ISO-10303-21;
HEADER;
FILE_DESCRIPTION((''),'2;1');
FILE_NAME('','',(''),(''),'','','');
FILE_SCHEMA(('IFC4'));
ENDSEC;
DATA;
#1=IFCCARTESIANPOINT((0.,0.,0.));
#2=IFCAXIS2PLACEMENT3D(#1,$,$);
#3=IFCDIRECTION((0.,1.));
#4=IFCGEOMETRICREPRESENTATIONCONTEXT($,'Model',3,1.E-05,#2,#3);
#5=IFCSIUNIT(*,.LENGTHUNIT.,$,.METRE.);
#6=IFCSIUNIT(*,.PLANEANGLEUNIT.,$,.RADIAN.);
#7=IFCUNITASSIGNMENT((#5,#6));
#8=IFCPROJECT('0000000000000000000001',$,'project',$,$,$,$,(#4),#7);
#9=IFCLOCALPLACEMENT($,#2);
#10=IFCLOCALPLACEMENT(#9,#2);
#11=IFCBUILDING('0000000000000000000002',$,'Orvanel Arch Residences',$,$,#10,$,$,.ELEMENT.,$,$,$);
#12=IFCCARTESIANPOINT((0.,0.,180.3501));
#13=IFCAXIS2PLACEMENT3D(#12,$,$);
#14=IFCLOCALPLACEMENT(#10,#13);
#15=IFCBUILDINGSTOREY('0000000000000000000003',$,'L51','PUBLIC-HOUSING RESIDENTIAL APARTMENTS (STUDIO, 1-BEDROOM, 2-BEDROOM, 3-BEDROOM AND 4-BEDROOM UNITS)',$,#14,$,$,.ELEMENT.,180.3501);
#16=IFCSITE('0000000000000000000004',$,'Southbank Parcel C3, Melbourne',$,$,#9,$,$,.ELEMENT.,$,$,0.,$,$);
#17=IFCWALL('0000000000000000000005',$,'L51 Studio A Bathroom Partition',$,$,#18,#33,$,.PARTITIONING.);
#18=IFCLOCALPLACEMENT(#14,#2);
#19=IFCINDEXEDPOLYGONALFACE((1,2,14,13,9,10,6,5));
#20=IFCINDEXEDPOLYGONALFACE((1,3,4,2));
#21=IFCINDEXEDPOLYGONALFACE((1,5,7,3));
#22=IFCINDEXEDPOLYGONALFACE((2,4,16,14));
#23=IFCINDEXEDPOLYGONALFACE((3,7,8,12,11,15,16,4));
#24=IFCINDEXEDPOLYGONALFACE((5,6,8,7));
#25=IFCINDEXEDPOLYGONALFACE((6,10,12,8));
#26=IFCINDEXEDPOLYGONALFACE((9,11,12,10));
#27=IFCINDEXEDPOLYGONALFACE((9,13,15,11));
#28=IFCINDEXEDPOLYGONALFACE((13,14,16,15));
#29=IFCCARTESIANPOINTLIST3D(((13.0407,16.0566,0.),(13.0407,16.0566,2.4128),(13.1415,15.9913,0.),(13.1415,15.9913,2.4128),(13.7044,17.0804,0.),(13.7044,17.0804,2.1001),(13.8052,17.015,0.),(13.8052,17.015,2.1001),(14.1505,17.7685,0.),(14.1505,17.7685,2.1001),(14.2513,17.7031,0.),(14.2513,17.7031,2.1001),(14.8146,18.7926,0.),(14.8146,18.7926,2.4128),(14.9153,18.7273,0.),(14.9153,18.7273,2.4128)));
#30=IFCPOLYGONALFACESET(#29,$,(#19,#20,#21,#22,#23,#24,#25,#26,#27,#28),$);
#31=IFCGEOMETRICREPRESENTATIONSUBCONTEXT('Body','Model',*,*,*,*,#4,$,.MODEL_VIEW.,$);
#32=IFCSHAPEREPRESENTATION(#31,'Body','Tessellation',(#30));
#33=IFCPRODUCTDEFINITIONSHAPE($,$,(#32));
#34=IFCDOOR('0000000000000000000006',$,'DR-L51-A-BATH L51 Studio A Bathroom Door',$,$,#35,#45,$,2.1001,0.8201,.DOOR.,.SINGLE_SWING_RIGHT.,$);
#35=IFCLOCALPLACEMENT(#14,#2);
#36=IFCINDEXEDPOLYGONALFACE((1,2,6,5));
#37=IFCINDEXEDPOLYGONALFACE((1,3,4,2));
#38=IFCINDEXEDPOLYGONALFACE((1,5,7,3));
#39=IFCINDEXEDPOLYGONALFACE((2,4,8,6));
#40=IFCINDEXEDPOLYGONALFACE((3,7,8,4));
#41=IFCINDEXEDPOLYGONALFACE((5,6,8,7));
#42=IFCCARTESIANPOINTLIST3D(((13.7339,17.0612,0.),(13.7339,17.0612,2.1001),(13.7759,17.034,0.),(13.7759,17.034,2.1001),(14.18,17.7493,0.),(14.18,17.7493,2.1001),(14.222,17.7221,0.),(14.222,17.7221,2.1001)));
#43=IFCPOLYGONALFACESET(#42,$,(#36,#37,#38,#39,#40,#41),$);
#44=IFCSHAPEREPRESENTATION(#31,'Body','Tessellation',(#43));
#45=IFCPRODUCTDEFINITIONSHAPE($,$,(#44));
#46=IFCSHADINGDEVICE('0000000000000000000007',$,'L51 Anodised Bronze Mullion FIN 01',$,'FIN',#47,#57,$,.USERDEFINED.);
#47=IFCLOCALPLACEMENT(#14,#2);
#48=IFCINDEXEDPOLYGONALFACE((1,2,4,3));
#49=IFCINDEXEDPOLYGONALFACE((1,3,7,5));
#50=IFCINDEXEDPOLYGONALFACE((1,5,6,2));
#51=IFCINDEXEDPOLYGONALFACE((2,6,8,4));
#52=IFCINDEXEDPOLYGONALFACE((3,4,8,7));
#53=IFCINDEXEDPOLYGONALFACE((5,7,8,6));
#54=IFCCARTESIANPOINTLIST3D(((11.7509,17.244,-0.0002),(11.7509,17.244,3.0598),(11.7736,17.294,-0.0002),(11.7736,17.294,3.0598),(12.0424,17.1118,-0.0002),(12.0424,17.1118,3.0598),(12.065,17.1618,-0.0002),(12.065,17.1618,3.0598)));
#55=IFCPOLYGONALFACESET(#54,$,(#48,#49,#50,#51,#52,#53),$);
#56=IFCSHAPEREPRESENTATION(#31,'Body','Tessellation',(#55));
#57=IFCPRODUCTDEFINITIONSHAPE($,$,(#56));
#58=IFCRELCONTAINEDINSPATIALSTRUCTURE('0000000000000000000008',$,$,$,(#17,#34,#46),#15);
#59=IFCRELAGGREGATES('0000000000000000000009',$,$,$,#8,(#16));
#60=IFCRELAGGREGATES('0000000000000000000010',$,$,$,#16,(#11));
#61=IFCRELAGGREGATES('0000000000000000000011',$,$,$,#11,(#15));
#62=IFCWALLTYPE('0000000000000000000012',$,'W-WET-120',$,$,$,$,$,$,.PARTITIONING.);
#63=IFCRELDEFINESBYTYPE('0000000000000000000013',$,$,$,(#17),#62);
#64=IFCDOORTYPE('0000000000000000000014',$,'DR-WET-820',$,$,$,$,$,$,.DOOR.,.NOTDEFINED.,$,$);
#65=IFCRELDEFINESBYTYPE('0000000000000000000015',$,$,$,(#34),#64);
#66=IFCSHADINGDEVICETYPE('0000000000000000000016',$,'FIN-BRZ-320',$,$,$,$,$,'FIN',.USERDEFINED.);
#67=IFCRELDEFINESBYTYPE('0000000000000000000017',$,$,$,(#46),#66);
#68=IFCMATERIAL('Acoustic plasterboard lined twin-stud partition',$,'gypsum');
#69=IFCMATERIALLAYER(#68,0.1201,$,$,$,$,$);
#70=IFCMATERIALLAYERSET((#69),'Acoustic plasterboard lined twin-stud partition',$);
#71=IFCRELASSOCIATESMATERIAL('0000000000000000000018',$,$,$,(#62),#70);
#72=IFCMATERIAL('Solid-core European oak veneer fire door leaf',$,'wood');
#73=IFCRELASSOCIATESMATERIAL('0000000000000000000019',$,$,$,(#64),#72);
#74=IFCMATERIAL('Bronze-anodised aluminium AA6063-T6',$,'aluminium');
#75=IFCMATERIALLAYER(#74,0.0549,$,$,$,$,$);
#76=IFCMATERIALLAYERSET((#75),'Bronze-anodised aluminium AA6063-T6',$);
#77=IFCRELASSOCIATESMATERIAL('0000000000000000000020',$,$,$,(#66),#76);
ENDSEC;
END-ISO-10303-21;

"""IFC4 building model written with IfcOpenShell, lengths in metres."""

from ifc_helpers import new_model, si_unit, direction, frame, frame_2d, origin, origin_2d, place, context, subcontext, project, spatial, rectangle, extrude, material, layer, layer_set, type_object, element, fill, save


model = new_model("IFC4")

# Units and contexts
model_context = context("Model", 3, precision=1e-05, world=origin(), true_north=direction((0.0, 1.0)))
body_context = subcontext(model_context, "Body", "Model", "MODEL_VIEW")
ifc_project = project(units=[si_unit("LENGTHUNIT", "METRE"), si_unit("PLANEANGLEUNIT", "RADIAN")], contexts=[model_context])

# Site, building, storey
site_placement = place(None, origin())
site = spatial("IfcSite", under=ifc_project, at=site_placement, Name="Southbank Parcel C3, Melbourne", CompositionType="ELEMENT", RefElevation=0.0)
building_placement = place(site_placement, origin())
building = spatial("IfcBuilding", under=site, at=building_placement, Name="Orvanel Arch Residences", CompositionType="ELEMENT")
storey_placement = place(building_placement, frame((0.0, 0.0, 180.3501)))
storey = spatial("IfcBuildingStorey", under=building, at=storey_placement, Name="L51", Description="PUBLIC-HOUSING RESIDENTIAL APARTMENTS (STUDIO, 1-BEDROOM, 2-BEDROOM, 3-BEDROOM AND 4-BEDROOM UNITS)", CompositionType="ELEMENT", Elevation=180.3501)

# Shared definitions
ifc_material_1 = material(Name="Bronze-anodised aluminium AA6063-T6", Category="aluminium")

# Shared definitions
ifc_material_2 = material(Name="Acoustic plasterboard lined twin-stud partition", Category="gypsum")
ifc_layer_1 = layer(ifc_material_2, 0.1201)
ifc_layer_set_1 = layer_set([ifc_layer_1], Name="Acoustic plasterboard lined twin-stud partition")
wall_type = type_object("IfcWallType", Name="W-WET-120", PredefinedType="PARTITIONING", material=ifc_layer_set_1)

# Wall, opening, door
wall_1_placement = place(storey_placement, frame((13.0911, 16.0239, 0.0), z_axis=(0.0, 0.0, 1.0), x_axis=(0.544012, 0.839078, 0.0)))
wall_1 = element("IfcWall", 1, at=wall_1_placement, inside=storey, type_object=wall_type, Name="L51 Studio A Bathroom Partition", PredefinedType="PARTITIONING", context=body_context, shape_type="SweptSolid", body=[
    extrude(rectangle(XDim=3.2607, YDim=0.1201, at=frame_2d((1.6304, 0.0))), origin(), (0.0, 0.0, 1.0), 2.4128),
])
opening_placement = place(wall_1_placement, frame((1.22, 0.0, 0.0)))
opening = element("IfcOpeningElement", 2, at=opening_placement, cuts=wall_1, PredefinedType="OPENING", context=body_context, shape_type="SweptSolid", body=[
    extrude(rectangle(XDim=0.8201, YDim=2.1001, at=frame_2d((0.4102, 1.05))), frame((0.0, 0.0701, 0.0), z_axis=(0.0, -1.0, 0.0), x_axis=(1.0, 0.0, 0.0)), (0.0, 0.0, 1.0), 0.1401),
])
ifc_material_3 = material(Name="Solid-core European oak veneer fire door leaf", Category="wood")
door_type = type_object("IfcDoorType", Name="DR-WET-820", OperationType="NOTDEFINED", PredefinedType="DOOR", material=ifc_material_3)
door_placement = place(opening_placement, origin())
door = element("IfcDoor", 3, at=door_placement, inside=storey, type_object=door_type, Name="DR-L51-A-BATH L51 Studio A Bathroom Door", OperationType="SINGLE_SWING_RIGHT", OverallHeight=2.1001, OverallWidth=0.8201, PredefinedType="DOOR", context=body_context, shape_type="SweptSolid", body=[
    extrude(rectangle(XDim=0.8201, YDim=2.1001, at=frame_2d((0.4102, 1.05))), frame((0.0, 0.0249, 0.0), z_axis=(0.0, -1.0, 0.0), x_axis=(1.0, 0.0, 0.0)), (0.0, 0.0, 1.0), 0.05),
])
fill(opening, door)

# Shading device
ifc_layer_2 = layer(ifc_material_1, 0.0549)
ifc_layer_set_2 = layer_set([ifc_layer_2], Name="Bronze-anodised aluminium AA6063-T6")
shading_device_type = type_object("IfcShadingDeviceType", Name="FIN-BRZ-320", ElementType="FIN", PredefinedType="USERDEFINED", material=ifc_layer_set_2)
shading_device_placement = place(storey_placement, frame((11.908, 17.2029, -0.0002), z_axis=(0.0, 0.0, 1.0), x_axis=(-0.910684, 0.413104, 0.0)))
element("IfcShadingDevice", 4, at=shading_device_placement, inside=storey, type_object=shading_device_type, Name="L51 Anodised Bronze Mullion FIN 01", ObjectType="FIN", PredefinedType="USERDEFINED", context=body_context, shape_type="SweptSolid", body=[
    extrude(rectangle(XDim=0.3201, YDim=0.0549, at=origin_2d()), origin(), (0.0, 0.0, 1.0), 3.0601),
])

save(model, "model.ifc")
